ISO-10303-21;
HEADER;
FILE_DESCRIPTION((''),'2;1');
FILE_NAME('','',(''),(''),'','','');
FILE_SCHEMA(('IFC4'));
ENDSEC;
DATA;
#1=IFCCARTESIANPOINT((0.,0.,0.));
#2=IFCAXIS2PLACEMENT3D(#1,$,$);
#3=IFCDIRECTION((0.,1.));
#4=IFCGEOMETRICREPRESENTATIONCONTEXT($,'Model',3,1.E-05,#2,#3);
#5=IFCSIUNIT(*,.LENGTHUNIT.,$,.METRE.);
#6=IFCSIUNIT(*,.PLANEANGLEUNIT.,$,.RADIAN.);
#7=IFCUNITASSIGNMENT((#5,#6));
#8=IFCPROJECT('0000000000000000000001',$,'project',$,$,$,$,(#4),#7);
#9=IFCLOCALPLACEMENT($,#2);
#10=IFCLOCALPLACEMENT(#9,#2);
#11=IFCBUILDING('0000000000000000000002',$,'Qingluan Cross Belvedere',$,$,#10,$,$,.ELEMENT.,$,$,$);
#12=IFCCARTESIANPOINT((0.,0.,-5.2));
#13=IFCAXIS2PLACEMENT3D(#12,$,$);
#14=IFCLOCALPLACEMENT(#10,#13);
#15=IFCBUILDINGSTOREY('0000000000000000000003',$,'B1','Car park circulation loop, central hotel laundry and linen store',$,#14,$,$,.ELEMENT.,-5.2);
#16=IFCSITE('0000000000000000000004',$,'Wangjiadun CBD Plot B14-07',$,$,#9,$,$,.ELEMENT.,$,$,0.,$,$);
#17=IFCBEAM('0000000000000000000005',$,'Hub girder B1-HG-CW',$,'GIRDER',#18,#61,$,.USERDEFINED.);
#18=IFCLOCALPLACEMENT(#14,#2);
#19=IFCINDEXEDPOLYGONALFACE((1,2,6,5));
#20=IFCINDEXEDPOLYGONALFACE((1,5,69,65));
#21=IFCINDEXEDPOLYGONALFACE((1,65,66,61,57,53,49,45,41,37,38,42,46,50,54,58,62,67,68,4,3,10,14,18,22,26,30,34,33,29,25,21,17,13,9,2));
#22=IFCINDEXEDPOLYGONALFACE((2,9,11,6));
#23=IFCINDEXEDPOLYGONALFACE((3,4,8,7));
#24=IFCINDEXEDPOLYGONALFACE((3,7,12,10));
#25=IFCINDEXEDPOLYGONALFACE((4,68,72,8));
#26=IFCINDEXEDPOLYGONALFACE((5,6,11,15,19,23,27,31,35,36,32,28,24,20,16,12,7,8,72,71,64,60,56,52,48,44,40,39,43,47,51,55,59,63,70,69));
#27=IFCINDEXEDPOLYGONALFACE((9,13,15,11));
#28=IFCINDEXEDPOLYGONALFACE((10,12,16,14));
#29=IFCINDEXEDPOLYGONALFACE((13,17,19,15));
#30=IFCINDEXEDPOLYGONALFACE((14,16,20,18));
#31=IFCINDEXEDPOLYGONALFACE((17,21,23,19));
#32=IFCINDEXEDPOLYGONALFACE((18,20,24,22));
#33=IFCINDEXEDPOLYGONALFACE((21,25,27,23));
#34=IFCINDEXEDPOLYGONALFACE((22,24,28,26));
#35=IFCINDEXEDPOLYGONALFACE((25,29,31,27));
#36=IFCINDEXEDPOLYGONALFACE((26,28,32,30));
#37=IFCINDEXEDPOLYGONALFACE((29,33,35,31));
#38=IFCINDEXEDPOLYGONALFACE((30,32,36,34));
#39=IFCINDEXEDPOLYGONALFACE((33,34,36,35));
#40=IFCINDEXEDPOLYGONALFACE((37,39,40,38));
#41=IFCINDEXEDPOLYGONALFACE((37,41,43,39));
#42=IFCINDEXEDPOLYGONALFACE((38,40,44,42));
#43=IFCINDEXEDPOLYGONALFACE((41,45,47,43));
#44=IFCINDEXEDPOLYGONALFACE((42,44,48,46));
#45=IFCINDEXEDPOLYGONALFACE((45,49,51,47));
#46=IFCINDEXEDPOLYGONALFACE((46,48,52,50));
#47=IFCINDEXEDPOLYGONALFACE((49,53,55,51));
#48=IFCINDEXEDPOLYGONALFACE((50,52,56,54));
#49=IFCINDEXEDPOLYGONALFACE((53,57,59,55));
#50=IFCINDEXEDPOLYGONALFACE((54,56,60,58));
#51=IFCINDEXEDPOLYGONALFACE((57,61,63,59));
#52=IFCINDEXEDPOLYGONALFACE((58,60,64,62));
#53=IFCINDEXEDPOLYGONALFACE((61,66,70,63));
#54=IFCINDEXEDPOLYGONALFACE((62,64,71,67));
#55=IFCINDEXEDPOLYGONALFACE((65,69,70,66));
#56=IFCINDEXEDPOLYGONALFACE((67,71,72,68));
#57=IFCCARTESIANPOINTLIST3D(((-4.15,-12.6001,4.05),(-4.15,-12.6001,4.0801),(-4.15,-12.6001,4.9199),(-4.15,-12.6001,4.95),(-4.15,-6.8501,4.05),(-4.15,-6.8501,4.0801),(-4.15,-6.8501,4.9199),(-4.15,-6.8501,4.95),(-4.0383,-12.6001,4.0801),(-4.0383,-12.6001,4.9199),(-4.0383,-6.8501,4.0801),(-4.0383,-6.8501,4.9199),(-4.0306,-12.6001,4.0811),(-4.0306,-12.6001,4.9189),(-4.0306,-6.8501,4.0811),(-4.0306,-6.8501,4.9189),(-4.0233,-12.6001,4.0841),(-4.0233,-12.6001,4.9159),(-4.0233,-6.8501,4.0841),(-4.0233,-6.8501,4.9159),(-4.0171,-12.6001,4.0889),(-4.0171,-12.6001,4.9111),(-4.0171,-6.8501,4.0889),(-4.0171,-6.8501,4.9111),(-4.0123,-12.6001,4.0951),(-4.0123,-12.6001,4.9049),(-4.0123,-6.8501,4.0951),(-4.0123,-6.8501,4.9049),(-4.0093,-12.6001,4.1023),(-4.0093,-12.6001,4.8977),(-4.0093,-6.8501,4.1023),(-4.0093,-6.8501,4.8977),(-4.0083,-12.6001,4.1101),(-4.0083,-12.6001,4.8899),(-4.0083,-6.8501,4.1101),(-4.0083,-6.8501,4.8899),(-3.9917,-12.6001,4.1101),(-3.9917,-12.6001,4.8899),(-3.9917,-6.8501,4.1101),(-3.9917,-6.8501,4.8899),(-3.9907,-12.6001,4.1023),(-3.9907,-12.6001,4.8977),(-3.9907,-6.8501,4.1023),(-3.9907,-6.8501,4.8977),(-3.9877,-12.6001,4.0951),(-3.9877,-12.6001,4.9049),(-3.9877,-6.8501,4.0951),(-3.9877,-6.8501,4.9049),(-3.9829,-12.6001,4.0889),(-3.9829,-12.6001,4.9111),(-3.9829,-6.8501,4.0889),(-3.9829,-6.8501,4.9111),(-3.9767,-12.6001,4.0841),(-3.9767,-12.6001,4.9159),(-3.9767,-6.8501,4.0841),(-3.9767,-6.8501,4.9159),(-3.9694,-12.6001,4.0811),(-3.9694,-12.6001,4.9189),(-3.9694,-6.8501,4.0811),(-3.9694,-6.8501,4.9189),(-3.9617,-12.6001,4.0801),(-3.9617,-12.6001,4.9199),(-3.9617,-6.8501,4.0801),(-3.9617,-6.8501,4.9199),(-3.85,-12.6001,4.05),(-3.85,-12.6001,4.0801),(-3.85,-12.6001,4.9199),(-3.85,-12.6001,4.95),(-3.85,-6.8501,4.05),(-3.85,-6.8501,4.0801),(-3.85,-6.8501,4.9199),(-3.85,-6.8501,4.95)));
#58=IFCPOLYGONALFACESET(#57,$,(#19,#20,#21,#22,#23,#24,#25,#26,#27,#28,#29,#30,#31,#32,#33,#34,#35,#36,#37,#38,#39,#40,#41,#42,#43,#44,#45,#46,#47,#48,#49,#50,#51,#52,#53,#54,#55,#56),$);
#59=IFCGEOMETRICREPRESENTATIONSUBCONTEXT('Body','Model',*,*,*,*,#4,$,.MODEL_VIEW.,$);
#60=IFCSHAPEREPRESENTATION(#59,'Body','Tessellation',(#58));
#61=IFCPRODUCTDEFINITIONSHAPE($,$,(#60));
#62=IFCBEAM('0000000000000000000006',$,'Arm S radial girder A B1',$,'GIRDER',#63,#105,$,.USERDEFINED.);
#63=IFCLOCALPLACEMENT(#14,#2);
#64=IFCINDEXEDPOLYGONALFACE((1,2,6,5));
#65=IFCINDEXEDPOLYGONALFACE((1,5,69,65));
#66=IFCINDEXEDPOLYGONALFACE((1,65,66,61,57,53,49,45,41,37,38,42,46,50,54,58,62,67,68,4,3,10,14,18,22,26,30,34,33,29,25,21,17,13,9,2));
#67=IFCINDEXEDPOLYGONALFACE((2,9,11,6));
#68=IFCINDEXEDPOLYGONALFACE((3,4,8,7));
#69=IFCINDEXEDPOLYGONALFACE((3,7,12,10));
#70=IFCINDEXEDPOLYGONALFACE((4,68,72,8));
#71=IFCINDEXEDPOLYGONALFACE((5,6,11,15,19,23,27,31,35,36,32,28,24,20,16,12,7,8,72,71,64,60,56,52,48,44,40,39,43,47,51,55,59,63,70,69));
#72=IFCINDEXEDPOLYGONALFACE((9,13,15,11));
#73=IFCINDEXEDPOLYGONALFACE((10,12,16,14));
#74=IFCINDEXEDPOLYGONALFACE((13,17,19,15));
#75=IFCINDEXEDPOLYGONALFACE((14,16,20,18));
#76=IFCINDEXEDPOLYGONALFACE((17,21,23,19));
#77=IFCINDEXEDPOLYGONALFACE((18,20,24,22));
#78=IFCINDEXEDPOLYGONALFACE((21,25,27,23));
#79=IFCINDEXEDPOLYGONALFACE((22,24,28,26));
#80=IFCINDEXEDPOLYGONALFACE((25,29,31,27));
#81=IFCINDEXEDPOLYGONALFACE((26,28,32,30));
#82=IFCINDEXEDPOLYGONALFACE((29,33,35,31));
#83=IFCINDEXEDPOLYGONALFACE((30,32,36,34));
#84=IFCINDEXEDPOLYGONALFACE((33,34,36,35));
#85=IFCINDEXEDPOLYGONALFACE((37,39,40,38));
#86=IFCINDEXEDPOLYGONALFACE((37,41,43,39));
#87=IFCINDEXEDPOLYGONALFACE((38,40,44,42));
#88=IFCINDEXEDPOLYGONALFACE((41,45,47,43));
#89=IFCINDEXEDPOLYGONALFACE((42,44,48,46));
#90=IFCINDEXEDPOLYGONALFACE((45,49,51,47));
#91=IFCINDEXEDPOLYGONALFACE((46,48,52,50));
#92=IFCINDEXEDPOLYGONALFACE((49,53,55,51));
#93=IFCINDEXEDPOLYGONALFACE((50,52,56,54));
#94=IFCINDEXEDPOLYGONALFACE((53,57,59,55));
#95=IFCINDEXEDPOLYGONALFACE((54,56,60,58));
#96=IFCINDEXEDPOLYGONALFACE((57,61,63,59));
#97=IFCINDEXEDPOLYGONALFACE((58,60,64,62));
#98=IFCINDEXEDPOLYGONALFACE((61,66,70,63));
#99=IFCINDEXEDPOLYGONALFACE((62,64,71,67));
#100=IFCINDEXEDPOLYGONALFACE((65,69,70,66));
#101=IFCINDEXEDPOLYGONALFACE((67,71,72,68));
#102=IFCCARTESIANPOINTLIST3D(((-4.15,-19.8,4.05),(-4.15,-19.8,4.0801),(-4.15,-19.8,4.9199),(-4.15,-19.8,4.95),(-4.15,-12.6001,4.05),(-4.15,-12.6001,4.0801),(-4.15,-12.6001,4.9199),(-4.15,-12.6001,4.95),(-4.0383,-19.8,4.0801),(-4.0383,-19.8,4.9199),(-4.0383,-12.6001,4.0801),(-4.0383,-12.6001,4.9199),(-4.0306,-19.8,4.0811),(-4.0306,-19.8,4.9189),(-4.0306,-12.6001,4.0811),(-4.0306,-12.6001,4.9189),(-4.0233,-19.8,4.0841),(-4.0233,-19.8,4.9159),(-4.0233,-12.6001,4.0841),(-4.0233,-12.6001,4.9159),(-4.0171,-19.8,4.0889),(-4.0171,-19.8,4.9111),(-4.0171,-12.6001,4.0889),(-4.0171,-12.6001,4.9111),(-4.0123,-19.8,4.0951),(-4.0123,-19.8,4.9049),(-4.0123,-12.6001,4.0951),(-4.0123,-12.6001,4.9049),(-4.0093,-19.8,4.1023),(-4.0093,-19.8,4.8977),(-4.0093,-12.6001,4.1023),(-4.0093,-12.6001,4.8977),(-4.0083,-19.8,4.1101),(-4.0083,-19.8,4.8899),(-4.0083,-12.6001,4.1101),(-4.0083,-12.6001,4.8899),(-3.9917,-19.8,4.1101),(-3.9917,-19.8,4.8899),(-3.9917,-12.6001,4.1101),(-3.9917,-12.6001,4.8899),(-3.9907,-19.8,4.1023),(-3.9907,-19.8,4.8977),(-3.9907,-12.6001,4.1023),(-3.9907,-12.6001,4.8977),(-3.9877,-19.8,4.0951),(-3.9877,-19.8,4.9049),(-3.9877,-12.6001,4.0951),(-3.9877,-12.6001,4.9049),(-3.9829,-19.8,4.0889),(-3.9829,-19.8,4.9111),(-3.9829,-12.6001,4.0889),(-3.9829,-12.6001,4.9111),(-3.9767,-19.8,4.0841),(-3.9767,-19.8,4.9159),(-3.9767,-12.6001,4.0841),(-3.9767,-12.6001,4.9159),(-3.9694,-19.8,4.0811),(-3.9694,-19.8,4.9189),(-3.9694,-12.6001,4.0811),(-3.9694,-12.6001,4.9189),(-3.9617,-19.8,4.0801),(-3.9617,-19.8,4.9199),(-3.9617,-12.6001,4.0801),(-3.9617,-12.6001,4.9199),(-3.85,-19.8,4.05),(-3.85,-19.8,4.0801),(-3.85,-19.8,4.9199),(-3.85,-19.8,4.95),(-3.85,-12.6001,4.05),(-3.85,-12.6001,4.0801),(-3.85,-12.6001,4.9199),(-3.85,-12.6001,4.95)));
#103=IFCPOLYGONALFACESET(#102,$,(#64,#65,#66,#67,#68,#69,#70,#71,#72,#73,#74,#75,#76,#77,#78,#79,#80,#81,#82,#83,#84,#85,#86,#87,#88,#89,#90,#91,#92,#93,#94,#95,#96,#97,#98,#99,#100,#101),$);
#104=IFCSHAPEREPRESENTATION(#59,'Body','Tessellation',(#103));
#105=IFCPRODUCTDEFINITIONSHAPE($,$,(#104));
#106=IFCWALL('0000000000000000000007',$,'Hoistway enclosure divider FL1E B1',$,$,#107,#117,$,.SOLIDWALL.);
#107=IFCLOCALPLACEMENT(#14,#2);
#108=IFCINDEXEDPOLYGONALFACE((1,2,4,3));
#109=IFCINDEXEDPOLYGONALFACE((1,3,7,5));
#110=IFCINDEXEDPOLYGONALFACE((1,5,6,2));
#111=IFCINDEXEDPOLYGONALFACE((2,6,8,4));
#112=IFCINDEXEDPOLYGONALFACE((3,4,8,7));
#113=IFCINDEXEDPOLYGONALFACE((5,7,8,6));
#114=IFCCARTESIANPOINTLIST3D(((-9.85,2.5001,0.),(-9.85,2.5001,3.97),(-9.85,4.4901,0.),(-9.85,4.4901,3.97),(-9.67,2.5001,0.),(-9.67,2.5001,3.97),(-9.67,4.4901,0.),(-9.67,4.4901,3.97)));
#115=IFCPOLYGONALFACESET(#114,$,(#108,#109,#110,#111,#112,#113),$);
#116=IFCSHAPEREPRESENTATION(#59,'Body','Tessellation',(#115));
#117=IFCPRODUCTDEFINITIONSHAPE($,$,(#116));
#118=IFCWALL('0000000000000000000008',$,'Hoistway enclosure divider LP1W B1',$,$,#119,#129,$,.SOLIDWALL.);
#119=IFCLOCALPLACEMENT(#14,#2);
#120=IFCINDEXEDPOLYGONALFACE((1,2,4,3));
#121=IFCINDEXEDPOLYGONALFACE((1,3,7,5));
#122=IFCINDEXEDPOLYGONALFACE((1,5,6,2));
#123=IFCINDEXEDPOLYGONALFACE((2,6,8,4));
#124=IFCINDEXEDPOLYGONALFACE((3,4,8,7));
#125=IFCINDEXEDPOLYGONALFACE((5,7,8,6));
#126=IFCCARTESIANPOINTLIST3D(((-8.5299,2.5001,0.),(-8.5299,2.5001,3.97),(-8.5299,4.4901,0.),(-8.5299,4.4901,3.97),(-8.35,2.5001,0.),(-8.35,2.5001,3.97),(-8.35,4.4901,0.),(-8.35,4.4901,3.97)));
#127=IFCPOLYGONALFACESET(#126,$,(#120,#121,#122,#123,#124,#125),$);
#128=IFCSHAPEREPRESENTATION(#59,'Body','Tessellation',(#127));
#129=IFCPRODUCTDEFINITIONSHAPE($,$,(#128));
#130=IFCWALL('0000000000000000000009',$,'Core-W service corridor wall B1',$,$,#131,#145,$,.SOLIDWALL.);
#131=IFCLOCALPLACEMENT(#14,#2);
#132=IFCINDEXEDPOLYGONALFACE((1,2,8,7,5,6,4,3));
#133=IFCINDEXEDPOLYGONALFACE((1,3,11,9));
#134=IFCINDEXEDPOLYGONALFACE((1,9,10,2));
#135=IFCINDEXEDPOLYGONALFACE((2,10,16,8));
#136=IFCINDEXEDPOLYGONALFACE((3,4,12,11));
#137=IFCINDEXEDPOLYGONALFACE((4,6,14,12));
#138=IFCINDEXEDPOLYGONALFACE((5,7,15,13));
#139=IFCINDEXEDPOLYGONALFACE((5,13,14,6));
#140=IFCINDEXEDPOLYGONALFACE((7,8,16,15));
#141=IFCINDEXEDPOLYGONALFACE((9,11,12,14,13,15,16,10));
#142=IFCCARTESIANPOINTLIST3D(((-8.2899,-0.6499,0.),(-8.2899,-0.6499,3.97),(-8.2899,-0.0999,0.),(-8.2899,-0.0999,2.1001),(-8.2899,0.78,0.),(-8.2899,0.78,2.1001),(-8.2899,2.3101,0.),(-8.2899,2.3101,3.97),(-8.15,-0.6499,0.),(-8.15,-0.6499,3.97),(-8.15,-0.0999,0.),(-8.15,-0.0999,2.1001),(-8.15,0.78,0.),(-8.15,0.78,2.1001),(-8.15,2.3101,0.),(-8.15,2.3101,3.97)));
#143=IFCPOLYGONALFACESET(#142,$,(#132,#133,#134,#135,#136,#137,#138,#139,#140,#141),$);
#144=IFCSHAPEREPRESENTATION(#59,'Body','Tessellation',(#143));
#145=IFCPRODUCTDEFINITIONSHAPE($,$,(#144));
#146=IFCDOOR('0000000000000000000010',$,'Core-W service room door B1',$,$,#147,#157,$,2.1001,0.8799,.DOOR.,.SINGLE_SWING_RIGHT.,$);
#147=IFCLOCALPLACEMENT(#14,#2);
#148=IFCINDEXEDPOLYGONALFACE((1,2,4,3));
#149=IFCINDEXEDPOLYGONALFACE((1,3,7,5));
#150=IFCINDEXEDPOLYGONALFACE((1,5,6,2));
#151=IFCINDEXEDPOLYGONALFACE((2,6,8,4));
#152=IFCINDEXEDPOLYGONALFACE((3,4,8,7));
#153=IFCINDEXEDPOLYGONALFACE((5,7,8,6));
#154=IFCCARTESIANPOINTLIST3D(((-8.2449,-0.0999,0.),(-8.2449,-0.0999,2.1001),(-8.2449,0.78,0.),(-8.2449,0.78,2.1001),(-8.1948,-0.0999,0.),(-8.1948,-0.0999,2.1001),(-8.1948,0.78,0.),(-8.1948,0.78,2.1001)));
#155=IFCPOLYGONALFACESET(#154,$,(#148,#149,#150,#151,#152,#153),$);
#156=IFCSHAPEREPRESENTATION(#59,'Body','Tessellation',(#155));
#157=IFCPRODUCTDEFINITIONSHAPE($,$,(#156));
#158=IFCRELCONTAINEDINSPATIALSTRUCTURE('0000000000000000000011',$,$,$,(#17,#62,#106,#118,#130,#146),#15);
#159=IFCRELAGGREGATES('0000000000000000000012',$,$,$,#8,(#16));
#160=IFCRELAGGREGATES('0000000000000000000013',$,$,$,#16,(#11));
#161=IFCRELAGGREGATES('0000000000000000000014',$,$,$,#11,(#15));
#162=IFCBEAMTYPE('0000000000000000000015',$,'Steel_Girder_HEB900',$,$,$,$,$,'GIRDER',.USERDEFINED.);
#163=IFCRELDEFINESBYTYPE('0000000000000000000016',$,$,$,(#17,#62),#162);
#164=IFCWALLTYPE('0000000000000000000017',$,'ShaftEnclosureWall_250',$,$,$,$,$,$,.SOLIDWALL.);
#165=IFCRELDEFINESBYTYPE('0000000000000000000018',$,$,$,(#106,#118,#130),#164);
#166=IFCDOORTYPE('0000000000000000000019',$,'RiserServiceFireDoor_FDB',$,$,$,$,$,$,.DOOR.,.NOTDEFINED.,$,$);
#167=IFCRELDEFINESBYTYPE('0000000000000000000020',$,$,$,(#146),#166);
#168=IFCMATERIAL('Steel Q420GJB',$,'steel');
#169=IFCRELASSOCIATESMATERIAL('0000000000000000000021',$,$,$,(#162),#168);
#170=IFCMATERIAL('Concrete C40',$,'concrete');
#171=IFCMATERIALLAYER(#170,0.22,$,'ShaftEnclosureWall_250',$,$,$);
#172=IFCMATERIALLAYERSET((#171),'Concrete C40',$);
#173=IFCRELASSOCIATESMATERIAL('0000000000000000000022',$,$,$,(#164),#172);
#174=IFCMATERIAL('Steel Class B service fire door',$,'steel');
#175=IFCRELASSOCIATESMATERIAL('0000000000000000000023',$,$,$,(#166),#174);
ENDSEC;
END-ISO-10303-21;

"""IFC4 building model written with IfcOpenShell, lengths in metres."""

from ifc_helpers import new_model, si_unit, direction, frame, frame_2d, origin, origin_2d, place, context, subcontext, project, spatial, rectangle, i_section, extrude, material, layer, layer_set, material_profile, profile_set, type_object, element, fill, save


model = new_model("IFC4")

# Units and contexts
model_context = context("Model", 3, precision=1e-05, world=origin(), true_north=direction((0.0, 1.0)))
body_context = subcontext(model_context, "Body", "Model", "MODEL_VIEW")
ifc_project = project(units=[si_unit("LENGTHUNIT", "METRE"), si_unit("PLANEANGLEUNIT", "RADIAN")], contexts=[model_context])

# Site, building, storey
site_placement = place(None, origin())
site = spatial("IfcSite", under=ifc_project, at=site_placement, Name="Wangjiadun CBD Plot B14-07", CompositionType="ELEMENT", RefElevation=0.0)
building_placement = place(site_placement, origin())
building = spatial("IfcBuilding", under=site, at=building_placement, Name="Qingluan Cross Belvedere", CompositionType="ELEMENT")
storey_placement = place(building_placement, frame((0.0, 0.0, -5.2)))
storey = spatial("IfcBuildingStorey", under=building, at=storey_placement, Name="B1", Description="Car park circulation loop, central hotel laundry and linen store", CompositionType="ELEMENT", Elevation=-5.2)

# Beams
ifc_material_1 = material(Name="Steel Q420GJB", Category="steel")
ifc_material_profile_1 = material_profile(ifc_material_1, i_section(OverallWidth=0.3, OverallDepth=0.8999, WebThickness=0.0166, FlangeThickness=0.03, FilletRadius=0.03, at=origin_2d()), Name="HEB900")
ifc_profile_set_1 = profile_set([ifc_material_profile_1], Name="Steel Q420GJB")
beam_type_1 = type_object("IfcBeamType", Name="Steel_Girder_HEB900", ElementType="GIRDER", PredefinedType="USERDEFINED", material=ifc_profile_set_1)
beam_1_placement = place(storey_placement, frame((-4.0, -12.6001, 4.5), z_axis=(0.0, 1.0, 0.0), x_axis=(-1.0, 0.0, 0.0)))
element("IfcBeam", 1, at=beam_1_placement, inside=storey, type_object=beam_type_1, Name="Hub girder B1-HG-CW", ObjectType="GIRDER", PredefinedType="USERDEFINED", context=body_context, shape_type="SweptSolid", body=[
    extrude(i_section(OverallWidth=0.3, OverallDepth=0.8999, WebThickness=0.0166, FlangeThickness=0.03, FilletRadius=0.03, at=origin_2d()), origin(), (0.0, 0.0, 1.0), 5.75),
])
beam_2_placement = place(storey_placement, frame((-4.0, -12.6001, 4.5), z_axis=(0.0, -1.0, 0.0), x_axis=(1.0, 0.0, 0.0)))
element("IfcBeam", 2, at=beam_2_placement, inside=storey, type_object=beam_type_1, Name="Arm S radial girder A B1", ObjectType="GIRDER", PredefinedType="USERDEFINED", context=body_context, shape_type="SweptSolid", body=[
    extrude(i_section(OverallWidth=0.3, OverallDepth=0.8999, WebThickness=0.0166, FlangeThickness=0.03, FilletRadius=0.03, at=origin_2d()), origin(), (0.0, 0.0, 1.0), 7.2),
])

# Walls
ifc_material_2 = material(Name="Concrete C40", Category="concrete")
ifc_layer_1 = layer(ifc_material_2, 0.22, Name="ShaftEnclosureWall_250")
ifc_layer_set_1 = layer_set([ifc_layer_1], Name="Concrete C40")
wall_type_1 = type_object("IfcWallType", Name="ShaftEnclosureWall_250", PredefinedType="SOLIDWALL", material=ifc_layer_set_1)
for number, where, z_axis, x_axis, name in (
    (3, (-9.76, 2.5, 0.0), (0.0, 0.0, 1.0), (0.0, 1.0, 0.0), "Hoistway enclosure divider FL1E B1"),
    (4, (-8.4399, 2.5, 0.0), (0.0, 0.0, 1.0), (0.0, 1.0, 0.0), "Hoistway enclosure divider LP1W B1"),
):
    element("IfcWall", number, at=place(storey_placement, frame(where, z_axis=z_axis, x_axis=x_axis)), inside=storey, type_object=wall_type_1, Name=name, PredefinedType="SOLIDWALL", context=body_context, shape_type="SweptSolid", body=[
        extrude(rectangle(XDim=1.99, YDim=0.1799, at=frame_2d((0.9951, 0.0))), origin(), (0.0, 0.0, 1.0), 3.97),
    ])

# Wall, opening, door
wall_1_placement = place(storey_placement, frame((-8.22, -0.6499, 0.0), z_axis=(0.0, 0.0, 1.0), x_axis=(0.0, 1.0, 0.0)))
wall_1 = element("IfcWall", 5, at=wall_1_placement, inside=storey, type_object=wall_type_1, Name="Core-W service corridor wall B1", PredefinedType="SOLIDWALL", context=body_context, shape_type="SweptSolid", body=[
    extrude(rectangle(XDim=2.96, YDim=0.1399, at=frame_2d((1.48, 0.0))), origin(), (0.0, 0.0, 1.0), 3.97),
])
opening_1_placement = place(wall_1_placement, frame((0.55, 0.0, 0.0)))
opening_1 = element("IfcOpeningElement", 6, at=opening_1_placement, cuts=wall_1, PredefinedType="OPENING", context=body_context, shape_type="SweptSolid", body=[
    extrude(rectangle(XDim=0.8799, YDim=2.1001, at=frame_2d((0.4399, 1.05))), frame((0.0, 0.0798, 0.0), z_axis=(0.0, -1.0, 0.0), x_axis=(1.0, 0.0, 0.0)), (0.0, 0.0, 1.0), 0.1599),
])
ifc_material_3 = material(Name="Steel Class B service fire door", Category="steel")
door_type_1 = type_object("IfcDoorType", Name="RiserServiceFireDoor_FDB", OperationType="NOTDEFINED", PredefinedType="DOOR", material=ifc_material_3)
door_1_placement = place(opening_1_placement, origin())
door_1 = element("IfcDoor", 7, at=door_1_placement, inside=storey, type_object=door_type_1, Name="Core-W service room door B1", OperationType="SINGLE_SWING_RIGHT", OverallHeight=2.1001, OverallWidth=0.8799, PredefinedType="DOOR", context=body_context, shape_type="SweptSolid", body=[
    extrude(rectangle(XDim=0.8799, YDim=2.1001, at=frame_2d((0.4399, 1.05))), frame((0.0, 0.0249, 0.0), z_axis=(0.0, -1.0, 0.0), x_axis=(1.0, 0.0, 0.0)), (0.0, 0.0, 1.0), 0.05),
])
fill(opening_1, door_1)

save(model, "model.ifc")
